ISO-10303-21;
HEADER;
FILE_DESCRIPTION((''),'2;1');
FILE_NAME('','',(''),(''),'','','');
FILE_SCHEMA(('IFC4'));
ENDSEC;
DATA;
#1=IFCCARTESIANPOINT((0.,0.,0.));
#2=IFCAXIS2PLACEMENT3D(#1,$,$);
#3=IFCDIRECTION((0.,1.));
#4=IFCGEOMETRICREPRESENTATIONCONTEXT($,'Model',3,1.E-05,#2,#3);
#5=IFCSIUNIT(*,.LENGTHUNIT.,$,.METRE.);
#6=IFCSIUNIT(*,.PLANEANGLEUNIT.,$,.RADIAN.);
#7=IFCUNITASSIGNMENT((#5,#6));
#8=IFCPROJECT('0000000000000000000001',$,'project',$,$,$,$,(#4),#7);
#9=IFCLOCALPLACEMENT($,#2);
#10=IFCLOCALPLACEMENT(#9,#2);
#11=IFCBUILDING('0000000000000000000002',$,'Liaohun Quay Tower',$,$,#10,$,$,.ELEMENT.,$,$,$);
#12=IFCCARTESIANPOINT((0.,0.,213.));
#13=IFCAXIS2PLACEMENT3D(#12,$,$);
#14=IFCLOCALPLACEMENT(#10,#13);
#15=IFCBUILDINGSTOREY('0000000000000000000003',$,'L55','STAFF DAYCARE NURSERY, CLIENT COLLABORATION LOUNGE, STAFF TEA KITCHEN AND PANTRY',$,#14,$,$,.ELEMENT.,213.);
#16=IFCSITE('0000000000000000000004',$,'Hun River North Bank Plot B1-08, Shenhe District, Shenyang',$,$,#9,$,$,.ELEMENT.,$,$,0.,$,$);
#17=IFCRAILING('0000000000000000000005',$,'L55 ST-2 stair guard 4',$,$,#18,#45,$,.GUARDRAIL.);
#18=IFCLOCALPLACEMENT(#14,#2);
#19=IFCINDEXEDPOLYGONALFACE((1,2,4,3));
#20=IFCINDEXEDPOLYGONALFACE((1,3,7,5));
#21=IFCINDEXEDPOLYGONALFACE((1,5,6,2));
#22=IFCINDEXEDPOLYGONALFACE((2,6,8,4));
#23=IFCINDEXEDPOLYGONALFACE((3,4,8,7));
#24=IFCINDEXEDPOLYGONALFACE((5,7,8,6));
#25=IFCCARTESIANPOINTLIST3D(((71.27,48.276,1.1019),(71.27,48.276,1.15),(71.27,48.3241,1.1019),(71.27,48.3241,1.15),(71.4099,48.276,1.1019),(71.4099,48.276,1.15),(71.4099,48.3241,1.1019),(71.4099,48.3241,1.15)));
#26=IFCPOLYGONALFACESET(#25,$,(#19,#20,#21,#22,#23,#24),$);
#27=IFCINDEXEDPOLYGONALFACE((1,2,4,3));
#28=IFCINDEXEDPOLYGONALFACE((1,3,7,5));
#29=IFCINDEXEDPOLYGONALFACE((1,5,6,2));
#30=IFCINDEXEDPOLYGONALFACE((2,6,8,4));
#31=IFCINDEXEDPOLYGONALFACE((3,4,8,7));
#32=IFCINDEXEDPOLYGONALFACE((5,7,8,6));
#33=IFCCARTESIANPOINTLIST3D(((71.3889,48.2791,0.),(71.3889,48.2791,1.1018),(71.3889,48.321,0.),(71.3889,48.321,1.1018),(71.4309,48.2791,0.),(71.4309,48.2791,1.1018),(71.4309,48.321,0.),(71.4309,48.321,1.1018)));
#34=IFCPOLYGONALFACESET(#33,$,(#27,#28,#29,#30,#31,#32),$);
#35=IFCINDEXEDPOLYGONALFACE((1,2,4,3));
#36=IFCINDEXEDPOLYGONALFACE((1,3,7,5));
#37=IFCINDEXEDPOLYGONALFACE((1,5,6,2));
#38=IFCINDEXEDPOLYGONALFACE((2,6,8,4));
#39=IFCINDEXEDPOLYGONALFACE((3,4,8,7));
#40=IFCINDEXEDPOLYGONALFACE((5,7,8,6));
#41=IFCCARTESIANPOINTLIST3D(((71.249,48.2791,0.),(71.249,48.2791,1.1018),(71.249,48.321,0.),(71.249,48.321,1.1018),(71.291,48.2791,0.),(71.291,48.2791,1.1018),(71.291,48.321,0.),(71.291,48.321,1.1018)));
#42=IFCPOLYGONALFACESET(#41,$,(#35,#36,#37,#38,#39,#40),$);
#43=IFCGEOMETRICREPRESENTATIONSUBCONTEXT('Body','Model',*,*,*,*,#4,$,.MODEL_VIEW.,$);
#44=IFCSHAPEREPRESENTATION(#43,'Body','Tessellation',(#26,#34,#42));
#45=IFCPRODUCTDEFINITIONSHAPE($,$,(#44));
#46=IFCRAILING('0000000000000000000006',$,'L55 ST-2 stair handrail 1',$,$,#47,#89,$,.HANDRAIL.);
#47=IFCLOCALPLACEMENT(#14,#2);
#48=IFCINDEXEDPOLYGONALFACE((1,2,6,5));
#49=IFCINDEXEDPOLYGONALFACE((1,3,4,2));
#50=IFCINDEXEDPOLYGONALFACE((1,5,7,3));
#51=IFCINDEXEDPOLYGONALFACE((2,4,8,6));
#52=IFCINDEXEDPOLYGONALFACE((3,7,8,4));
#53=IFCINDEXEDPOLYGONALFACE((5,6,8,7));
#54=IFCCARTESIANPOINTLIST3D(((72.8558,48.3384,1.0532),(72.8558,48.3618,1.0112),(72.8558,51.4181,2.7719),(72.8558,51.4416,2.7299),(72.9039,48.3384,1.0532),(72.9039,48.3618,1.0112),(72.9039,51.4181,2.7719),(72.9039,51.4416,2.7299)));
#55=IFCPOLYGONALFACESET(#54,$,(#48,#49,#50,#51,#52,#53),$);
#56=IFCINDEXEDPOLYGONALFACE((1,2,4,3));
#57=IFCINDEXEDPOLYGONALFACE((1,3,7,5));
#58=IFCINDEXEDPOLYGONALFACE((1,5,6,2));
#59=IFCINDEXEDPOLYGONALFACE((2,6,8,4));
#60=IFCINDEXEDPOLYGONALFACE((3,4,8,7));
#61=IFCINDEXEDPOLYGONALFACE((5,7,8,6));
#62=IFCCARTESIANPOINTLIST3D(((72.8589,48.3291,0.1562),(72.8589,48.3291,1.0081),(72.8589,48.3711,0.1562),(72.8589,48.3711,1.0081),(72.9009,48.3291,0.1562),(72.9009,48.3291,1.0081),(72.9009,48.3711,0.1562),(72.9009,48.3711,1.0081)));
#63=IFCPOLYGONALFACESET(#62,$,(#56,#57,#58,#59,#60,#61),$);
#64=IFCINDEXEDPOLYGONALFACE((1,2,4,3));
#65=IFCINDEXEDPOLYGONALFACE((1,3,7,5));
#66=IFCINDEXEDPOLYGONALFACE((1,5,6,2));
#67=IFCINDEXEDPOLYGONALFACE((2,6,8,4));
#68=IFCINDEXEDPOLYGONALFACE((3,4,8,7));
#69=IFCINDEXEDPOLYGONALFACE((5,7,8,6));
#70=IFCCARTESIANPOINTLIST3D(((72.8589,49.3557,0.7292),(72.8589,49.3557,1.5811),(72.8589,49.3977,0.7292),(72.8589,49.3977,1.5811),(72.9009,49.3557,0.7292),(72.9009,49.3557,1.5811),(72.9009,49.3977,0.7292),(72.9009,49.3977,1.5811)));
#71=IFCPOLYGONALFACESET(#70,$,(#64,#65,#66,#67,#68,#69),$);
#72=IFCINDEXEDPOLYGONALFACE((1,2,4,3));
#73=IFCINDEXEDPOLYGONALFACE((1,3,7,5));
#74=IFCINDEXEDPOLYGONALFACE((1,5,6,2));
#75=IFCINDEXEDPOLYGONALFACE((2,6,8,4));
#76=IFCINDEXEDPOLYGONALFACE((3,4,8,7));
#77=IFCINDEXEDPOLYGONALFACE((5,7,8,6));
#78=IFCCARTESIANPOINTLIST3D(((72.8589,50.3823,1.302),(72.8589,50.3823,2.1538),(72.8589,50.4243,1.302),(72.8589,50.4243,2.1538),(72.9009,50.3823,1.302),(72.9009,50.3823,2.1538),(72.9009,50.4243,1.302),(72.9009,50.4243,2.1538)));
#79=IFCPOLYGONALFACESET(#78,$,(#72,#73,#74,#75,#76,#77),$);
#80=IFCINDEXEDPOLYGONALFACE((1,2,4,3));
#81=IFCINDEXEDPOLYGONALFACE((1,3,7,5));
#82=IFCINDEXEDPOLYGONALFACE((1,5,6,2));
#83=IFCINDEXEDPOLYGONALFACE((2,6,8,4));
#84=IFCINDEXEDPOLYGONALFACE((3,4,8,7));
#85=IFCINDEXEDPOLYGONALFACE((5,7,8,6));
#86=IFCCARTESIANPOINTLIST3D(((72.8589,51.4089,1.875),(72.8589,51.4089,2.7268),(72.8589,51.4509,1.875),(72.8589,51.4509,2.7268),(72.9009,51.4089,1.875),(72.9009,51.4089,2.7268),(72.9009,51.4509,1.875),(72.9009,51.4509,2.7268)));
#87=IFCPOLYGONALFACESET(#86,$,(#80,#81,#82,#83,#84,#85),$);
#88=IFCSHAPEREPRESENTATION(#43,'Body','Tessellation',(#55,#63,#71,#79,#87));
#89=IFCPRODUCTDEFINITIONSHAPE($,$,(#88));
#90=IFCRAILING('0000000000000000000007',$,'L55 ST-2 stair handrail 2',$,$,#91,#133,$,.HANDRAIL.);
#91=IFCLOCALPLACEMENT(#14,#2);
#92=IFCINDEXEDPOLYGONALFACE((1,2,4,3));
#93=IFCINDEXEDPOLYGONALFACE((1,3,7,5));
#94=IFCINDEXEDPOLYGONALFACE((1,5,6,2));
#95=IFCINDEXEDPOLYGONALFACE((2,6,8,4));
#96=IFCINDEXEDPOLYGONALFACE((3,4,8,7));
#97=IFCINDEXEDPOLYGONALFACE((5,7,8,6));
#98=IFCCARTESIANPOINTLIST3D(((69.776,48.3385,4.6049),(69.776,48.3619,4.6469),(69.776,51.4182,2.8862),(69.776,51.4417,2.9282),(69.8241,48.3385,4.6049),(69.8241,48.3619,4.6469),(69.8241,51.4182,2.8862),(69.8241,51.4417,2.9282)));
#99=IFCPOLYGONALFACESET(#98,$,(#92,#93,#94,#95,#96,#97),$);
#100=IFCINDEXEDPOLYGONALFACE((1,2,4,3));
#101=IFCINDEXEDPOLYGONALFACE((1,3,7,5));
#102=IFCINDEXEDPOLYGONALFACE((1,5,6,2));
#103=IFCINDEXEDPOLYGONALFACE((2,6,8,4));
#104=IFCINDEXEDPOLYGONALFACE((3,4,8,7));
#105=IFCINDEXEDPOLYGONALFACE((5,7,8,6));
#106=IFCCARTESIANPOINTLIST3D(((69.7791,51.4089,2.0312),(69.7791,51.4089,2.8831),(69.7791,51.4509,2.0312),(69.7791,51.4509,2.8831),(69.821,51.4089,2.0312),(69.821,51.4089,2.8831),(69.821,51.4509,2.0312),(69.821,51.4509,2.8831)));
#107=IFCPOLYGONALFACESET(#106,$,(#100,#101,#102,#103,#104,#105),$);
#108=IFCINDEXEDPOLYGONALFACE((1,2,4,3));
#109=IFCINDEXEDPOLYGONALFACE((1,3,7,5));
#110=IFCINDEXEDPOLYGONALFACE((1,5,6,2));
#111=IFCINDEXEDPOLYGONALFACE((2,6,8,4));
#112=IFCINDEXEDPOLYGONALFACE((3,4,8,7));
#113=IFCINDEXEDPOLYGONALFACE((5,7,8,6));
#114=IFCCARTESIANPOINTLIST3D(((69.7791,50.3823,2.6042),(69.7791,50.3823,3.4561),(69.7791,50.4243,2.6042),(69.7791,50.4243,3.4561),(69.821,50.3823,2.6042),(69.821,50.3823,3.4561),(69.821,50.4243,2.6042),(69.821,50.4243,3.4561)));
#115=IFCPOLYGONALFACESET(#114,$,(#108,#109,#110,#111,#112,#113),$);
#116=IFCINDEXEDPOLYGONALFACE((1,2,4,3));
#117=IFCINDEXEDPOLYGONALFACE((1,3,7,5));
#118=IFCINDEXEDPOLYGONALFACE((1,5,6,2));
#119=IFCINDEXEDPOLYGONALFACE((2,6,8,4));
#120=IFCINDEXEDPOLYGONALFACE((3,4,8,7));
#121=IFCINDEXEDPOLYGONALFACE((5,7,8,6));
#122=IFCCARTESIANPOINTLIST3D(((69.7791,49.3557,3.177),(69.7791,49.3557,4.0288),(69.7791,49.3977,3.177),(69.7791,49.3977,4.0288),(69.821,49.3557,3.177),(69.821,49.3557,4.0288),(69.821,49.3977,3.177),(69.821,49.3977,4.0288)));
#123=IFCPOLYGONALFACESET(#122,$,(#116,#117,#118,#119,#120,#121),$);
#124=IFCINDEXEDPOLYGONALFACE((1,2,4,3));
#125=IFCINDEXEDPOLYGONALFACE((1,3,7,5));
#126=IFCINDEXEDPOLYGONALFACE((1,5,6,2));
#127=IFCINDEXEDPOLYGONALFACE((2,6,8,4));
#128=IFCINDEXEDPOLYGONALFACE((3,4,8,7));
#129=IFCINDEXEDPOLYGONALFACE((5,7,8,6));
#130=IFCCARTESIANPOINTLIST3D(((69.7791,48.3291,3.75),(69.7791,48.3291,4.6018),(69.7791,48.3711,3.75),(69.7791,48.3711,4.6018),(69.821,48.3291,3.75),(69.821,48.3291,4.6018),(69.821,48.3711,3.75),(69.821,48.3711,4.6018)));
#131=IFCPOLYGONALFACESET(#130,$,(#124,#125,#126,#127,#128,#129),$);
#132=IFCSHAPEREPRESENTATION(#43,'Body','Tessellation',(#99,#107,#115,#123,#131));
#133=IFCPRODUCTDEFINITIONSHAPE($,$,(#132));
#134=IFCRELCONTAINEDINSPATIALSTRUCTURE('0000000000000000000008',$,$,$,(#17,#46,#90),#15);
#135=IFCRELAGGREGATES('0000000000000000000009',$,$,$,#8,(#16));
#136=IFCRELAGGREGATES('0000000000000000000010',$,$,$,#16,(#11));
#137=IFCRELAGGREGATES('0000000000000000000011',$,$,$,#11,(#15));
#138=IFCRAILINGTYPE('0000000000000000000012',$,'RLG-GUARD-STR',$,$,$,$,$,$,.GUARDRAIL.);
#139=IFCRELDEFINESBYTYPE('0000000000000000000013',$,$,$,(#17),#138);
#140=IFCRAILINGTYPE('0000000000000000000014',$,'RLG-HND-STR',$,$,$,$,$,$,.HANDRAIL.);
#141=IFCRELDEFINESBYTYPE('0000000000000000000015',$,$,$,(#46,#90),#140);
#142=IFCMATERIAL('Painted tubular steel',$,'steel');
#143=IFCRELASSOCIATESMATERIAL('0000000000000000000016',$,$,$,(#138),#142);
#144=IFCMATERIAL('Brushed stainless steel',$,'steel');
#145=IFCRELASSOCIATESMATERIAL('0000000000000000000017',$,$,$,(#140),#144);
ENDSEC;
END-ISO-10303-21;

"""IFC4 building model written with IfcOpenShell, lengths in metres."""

from ifc_helpers import new_model, si_unit, direction, frame, origin, origin_2d, place, context, subcontext, project, spatial, rectangle, extrude, material, type_object, element, save


model = new_model("IFC4")

# Units and contexts
model_context = context("Model", 3, precision=1e-05, world=origin(), true_north=direction((0.0, 1.0)))
body_context = subcontext(model_context, "Body", "Model", "MODEL_VIEW")
ifc_project = project(units=[si_unit("LENGTHUNIT", "METRE"), si_unit("PLANEANGLEUNIT", "RADIAN")], contexts=[model_context])

# Site, building, storey
site_placement = place(None, origin())
site = spatial("IfcSite", under=ifc_project, at=site_placement, Name="Hun River North Bank Plot B1-08, Shenhe District, Shenyang", CompositionType="ELEMENT", RefElevation=0.0)
building_placement = place(site_placement, origin())
building = spatial("IfcBuilding", under=site, at=building_placement, Name="Liaohun Quay Tower", CompositionType="ELEMENT")
storey_placement = place(building_placement, frame((0.0, 0.0, 213.0)))
storey = spatial("IfcBuildingStorey", under=building, at=storey_placement, Name="L55", Description="STAFF DAYCARE NURSERY, CLIENT COLLABORATION LOUNGE, STAFF TEA KITCHEN AND PANTRY", CompositionType="ELEMENT", Elevation=213.0)

# Railings
ifc_material_1 = material(Name="Painted tubular steel", Category="steel")
railing_type_1 = type_object("IfcRailingType", Name="RLG-GUARD-STR", PredefinedType="GUARDRAIL", material=ifc_material_1)
railing_1_placement = place(storey_placement, frame((71.4099, 48.3, 0.0)))
element("IfcRailing", 1, at=railing_1_placement, inside=storey, type_object=railing_type_1, Name="L55 ST-2 stair guard 4", PredefinedType="GUARDRAIL", context=body_context, shape_type="SweptSolid", body=[
    extrude(rectangle(XDim=0.0481, YDim=0.0481, at=origin_2d()), frame((0.0, 0.0, 1.126), z_axis=(-1.0, 0.0, 0.0), x_axis=(0.0, -1.0, 0.0)), (0.0, 0.0, 1.0), 0.1399),
    extrude(rectangle(XDim=0.042, YDim=0.042, at=origin_2d()), origin(), (0.0, 0.0, 1.0), 1.1018),
    extrude(rectangle(XDim=0.042, YDim=0.042, at=origin_2d()), frame((-0.1399, 0.0, 0.0)), (0.0, 0.0, 1.0), 1.1018),
])
ifc_material_2 = material(Name="Brushed stainless steel", Category="steel")
railing_type_2 = type_object("IfcRailingType", Name="RLG-HND-STR", PredefinedType="HANDRAIL", material=ifc_material_2)
railing_2_placement = place(storey_placement, frame((72.8799, 48.3501, 0.1562)))
element("IfcRailing", 2, at=railing_2_placement, inside=storey, type_object=railing_type_2, Name="L55 ST-2 stair handrail 1", PredefinedType="HANDRAIL", context=body_context, shape_type="SweptSolid", body=[
    extrude(rectangle(XDim=0.0481, YDim=0.0481, at=origin_2d()), frame((0.0, 0.0, 0.876), z_axis=(0.0, 0.873225, 0.487317), x_axis=(-1.0, 0.0, 0.0)), (0.0, 0.0, 1.0), 3.5269),
    extrude(rectangle(XDim=0.042, YDim=0.042, at=origin_2d()), origin(), (0.0, 0.0, 1.0), 0.8518),
    extrude(rectangle(XDim=0.042, YDim=0.042, at=origin_2d()), frame((0.0, 1.0266, 0.573)), (0.0, 0.0, 1.0), 0.8518),
    extrude(rectangle(XDim=0.042, YDim=0.042, at=origin_2d()), frame((0.0, 2.0532, 1.1458)), (0.0, 0.0, 1.0), 0.8518),
    extrude(rectangle(XDim=0.042, YDim=0.042, at=origin_2d()), frame((0.0, 3.0798, 1.7188)), (0.0, 0.0, 1.0), 0.8518),
])
railing_3_placement = place(storey_placement, frame((69.8, 51.4299, 2.0312)))
element("IfcRailing", 3, at=railing_3_placement, inside=storey, type_object=railing_type_2, Name="L55 ST-2 stair handrail 2", PredefinedType="HANDRAIL", context=body_context, shape_type="SweptSolid", body=[
    extrude(rectangle(XDim=0.0481, YDim=0.0481, at=origin_2d()), frame((0.0, 0.0, 0.876), z_axis=(0.0, -0.873225, 0.487317), x_axis=(1.0, 0.0, 0.0)), (0.0, 0.0, 1.0), 3.5269),
    extrude(rectangle(XDim=0.042, YDim=0.042, at=origin_2d()), origin(), (0.0, 0.0, 1.0), 0.8518),
    extrude(rectangle(XDim=0.042, YDim=0.042, at=origin_2d()), frame((0.0, -1.0266, 0.573)), (0.0, 0.0, 1.0), 0.8518),
    extrude(rectangle(XDim=0.042, YDim=0.042, at=origin_2d()), frame((0.0, -2.0532, 1.1458)), (0.0, 0.0, 1.0), 0.8518),
    extrude(rectangle(XDim=0.042, YDim=0.042, at=origin_2d()), frame((0.0, -3.0798, 1.7188)), (0.0, 0.0, 1.0), 0.8518),
])

save(model, "model.ifc")
